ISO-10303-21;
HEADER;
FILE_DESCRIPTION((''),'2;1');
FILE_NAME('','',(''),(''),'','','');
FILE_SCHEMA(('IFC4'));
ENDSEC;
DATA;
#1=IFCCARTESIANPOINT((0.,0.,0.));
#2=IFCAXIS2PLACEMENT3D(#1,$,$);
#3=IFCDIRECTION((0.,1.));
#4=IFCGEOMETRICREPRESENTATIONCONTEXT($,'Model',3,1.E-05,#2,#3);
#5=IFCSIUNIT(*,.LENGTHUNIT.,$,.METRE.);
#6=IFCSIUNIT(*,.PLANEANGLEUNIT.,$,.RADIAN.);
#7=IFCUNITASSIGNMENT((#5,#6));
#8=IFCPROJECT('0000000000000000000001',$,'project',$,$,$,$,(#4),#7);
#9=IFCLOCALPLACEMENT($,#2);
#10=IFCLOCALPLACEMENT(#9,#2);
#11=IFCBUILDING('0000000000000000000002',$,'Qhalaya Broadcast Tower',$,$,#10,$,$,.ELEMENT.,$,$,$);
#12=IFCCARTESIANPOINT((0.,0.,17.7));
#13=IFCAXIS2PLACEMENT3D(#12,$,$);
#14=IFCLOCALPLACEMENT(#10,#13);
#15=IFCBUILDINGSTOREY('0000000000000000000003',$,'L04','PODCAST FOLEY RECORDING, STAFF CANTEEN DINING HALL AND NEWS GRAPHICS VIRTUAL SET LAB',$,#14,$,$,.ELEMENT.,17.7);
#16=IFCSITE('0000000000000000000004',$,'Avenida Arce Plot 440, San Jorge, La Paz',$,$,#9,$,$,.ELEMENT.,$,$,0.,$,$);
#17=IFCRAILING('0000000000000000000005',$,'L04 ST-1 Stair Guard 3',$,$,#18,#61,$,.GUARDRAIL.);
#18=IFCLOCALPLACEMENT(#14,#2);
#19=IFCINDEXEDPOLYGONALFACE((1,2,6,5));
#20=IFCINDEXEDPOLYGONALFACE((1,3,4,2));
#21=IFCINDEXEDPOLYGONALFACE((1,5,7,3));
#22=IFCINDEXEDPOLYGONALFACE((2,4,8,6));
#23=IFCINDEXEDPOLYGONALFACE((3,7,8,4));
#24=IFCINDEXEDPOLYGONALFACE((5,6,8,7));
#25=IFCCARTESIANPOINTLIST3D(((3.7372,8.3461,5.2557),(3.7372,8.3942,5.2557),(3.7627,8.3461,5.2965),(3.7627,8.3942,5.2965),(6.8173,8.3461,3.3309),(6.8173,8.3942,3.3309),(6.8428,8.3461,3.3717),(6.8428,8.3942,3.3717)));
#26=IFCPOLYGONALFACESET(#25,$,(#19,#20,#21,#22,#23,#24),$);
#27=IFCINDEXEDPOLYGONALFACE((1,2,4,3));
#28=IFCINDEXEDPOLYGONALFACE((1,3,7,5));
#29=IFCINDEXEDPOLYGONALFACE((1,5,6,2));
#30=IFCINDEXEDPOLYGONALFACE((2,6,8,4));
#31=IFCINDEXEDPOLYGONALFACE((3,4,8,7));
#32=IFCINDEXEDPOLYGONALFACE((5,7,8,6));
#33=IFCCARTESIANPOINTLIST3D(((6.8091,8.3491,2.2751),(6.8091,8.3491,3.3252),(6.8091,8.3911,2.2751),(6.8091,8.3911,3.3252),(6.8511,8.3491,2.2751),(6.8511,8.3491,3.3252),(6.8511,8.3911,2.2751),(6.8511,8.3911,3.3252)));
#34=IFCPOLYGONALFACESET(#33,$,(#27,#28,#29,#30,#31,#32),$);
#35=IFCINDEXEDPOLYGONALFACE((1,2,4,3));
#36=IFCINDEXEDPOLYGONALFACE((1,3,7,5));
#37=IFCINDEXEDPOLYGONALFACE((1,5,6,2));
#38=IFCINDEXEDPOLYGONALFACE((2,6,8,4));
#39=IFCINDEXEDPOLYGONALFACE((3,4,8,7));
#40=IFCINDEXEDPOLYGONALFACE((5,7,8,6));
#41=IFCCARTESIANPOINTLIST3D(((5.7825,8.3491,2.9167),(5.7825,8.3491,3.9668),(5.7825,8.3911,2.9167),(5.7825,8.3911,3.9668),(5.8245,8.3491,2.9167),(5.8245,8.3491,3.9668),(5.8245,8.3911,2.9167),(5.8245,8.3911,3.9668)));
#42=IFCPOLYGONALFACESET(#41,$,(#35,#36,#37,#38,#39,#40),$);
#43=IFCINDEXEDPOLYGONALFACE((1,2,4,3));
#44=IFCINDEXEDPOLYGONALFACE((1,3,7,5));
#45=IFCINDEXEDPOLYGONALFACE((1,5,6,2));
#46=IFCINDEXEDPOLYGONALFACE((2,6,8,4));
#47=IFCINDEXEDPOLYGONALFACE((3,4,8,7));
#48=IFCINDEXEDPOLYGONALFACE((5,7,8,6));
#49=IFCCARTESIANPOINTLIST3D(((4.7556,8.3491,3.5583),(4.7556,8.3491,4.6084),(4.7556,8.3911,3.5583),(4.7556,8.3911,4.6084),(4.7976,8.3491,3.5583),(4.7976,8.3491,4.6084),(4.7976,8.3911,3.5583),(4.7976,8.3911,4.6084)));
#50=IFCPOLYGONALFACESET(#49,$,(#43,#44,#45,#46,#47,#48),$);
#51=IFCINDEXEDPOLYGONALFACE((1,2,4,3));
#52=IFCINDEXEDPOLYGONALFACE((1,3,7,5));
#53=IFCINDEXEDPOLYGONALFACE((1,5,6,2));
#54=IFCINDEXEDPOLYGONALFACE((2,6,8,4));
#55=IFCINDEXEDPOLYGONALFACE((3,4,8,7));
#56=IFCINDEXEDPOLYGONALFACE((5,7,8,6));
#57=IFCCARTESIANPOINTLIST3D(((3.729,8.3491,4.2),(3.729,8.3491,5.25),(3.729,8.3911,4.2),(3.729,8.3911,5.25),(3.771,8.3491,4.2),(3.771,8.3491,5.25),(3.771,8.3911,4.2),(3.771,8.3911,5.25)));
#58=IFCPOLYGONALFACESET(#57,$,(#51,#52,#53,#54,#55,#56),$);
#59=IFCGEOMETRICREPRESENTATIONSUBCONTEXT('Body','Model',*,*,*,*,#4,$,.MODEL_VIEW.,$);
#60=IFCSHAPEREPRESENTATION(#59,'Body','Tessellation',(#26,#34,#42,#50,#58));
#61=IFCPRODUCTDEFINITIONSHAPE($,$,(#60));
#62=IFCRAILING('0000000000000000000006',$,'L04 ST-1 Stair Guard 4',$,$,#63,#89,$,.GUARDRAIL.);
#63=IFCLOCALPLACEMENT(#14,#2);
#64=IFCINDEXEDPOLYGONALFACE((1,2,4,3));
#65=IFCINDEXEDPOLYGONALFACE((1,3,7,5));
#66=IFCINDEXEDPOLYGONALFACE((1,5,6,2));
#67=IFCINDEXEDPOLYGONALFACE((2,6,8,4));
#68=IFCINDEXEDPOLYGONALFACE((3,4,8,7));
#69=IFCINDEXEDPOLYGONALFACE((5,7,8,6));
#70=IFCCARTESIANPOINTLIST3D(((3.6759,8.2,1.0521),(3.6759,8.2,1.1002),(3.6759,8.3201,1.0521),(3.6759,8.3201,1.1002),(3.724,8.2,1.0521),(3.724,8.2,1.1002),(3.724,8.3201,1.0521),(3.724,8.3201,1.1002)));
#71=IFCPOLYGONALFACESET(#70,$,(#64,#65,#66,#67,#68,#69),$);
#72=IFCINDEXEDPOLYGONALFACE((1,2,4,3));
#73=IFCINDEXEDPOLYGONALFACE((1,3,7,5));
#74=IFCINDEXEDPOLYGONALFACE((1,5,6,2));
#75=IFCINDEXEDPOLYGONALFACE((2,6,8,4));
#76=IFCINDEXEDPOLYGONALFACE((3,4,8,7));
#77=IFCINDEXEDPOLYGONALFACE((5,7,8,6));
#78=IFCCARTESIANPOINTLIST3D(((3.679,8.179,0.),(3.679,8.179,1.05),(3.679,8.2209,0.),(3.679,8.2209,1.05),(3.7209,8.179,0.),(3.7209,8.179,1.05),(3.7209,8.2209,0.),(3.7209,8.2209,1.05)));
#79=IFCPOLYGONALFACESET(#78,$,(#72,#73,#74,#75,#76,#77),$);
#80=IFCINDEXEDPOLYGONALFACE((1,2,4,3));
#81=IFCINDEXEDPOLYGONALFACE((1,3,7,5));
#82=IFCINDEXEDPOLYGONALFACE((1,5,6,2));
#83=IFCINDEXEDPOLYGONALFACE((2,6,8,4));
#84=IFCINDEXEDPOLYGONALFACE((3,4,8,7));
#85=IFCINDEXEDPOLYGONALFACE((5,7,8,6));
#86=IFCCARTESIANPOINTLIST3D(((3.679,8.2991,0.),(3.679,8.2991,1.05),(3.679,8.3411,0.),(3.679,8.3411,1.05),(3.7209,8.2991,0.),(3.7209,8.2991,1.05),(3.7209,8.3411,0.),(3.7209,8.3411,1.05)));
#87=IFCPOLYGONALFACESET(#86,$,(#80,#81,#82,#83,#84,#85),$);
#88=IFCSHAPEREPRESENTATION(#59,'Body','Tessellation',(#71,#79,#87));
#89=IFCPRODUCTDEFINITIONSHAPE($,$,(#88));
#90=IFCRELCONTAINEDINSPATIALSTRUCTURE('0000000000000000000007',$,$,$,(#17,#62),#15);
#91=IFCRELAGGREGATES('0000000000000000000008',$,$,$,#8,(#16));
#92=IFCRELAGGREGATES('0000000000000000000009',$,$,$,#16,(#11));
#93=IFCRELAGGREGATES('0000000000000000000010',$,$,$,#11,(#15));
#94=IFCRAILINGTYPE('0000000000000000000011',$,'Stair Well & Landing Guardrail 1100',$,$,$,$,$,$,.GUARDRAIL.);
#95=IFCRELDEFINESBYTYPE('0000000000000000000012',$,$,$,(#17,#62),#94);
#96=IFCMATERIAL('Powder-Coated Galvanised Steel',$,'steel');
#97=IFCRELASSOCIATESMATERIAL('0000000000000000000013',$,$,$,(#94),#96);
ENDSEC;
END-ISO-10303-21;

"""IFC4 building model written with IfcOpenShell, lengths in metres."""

from ifc_helpers import new_model, si_unit, direction, frame, origin, origin_2d, place, context, subcontext, project, spatial, rectangle, extrude, material, type_object, element, save


model = new_model("IFC4")

# Units and contexts
model_context = context("Model", 3, precision=1e-05, world=origin(), true_north=direction((0.0, 1.0)))
body_context = subcontext(model_context, "Body", "Model", "MODEL_VIEW")
ifc_project = project(units=[si_unit("LENGTHUNIT", "METRE"), si_unit("PLANEANGLEUNIT", "RADIAN")], contexts=[model_context])

# Site, building, storey
site_placement = place(None, origin())
site = spatial("IfcSite", under=ifc_project, at=site_placement, Name="Avenida Arce Plot 440, San Jorge, La Paz", CompositionType="ELEMENT", RefElevation=0.0)
building_placement = place(site_placement, origin())
building = spatial("IfcBuilding", under=site, at=building_placement, Name="Qhalaya Broadcast Tower", CompositionType="ELEMENT")
storey_placement = place(building_placement, frame((0.0, 0.0, 17.7)))
storey = spatial("IfcBuildingStorey", under=building, at=storey_placement, Name="L04", Description="PODCAST FOLEY RECORDING, STAFF CANTEEN DINING HALL AND NEWS GRAPHICS VIRTUAL SET LAB", CompositionType="ELEMENT", Elevation=17.7)

# Railings
ifc_material_1 = material(Name="Powder-Coated Galvanised Steel", Category="steel")
railing_type_1 = type_object("IfcRailingType", Name="Stair Well & Landing Guardrail 1100", PredefinedType="GUARDRAIL", material=ifc_material_1)
railing_1_placement = place(storey_placement, frame((6.8301, 8.3701, 2.2751)))
element("IfcRailing", 1, at=railing_1_placement, inside=storey, type_object=railing_type_1, Name="L04 ST-1 Stair Guard 3", PredefinedType="GUARDRAIL", context=body_context, shape_type="SweptSolid", body=[
    extrude(rectangle(XDim=0.0481, YDim=0.0481, at=origin_2d()), frame((0.0, 0.0, 1.0762), z_axis=(-0.848029, 0.0, 0.529951), x_axis=(0.0, -1.0, 0.0)), (0.0, 0.0, 1.0), 3.6321),
    extrude(rectangle(XDim=0.042, YDim=0.042, at=origin_2d()), origin(), (0.0, 0.0, 1.0), 1.05),
    extrude(rectangle(XDim=0.042, YDim=0.042, at=origin_2d()), frame((-1.0266, 0.0, 0.6416)), (0.0, 0.0, 1.0), 1.05),
    extrude(rectangle(XDim=0.042, YDim=0.042, at=origin_2d()), frame((-2.0535, 0.0, 1.2832)), (0.0, 0.0, 1.0), 1.05),
    extrude(rectangle(XDim=0.042, YDim=0.042, at=origin_2d()), frame((-3.0801, 0.0, 1.9248)), (0.0, 0.0, 1.0), 1.05),
])
railing_2_placement = place(storey_placement, frame((3.7, 8.2, 0.0)))
element("IfcRailing", 2, at=railing_2_placement, inside=storey, type_object=railing_type_1, Name="L04 ST-1 Stair Guard 4", PredefinedType="GUARDRAIL", context=body_context, shape_type="SweptSolid", body=[
    extrude(rectangle(XDim=0.0481, YDim=0.0481, at=origin_2d()), frame((0.0, 0.0, 1.0762), z_axis=(0.0, 1.0, 0.0), x_axis=(-1.0, 0.0, 0.0)), (0.0, 0.0, 1.0), 0.1201),
    extrude(rectangle(XDim=0.042, YDim=0.042, at=origin_2d()), origin(), (0.0, 0.0, 1.0), 1.05),
    extrude(rectangle(XDim=0.042, YDim=0.042, at=origin_2d()), frame((0.0, 0.1201, 0.0)), (0.0, 0.0, 1.0), 1.05),
])

save(model, "model.ifc")
